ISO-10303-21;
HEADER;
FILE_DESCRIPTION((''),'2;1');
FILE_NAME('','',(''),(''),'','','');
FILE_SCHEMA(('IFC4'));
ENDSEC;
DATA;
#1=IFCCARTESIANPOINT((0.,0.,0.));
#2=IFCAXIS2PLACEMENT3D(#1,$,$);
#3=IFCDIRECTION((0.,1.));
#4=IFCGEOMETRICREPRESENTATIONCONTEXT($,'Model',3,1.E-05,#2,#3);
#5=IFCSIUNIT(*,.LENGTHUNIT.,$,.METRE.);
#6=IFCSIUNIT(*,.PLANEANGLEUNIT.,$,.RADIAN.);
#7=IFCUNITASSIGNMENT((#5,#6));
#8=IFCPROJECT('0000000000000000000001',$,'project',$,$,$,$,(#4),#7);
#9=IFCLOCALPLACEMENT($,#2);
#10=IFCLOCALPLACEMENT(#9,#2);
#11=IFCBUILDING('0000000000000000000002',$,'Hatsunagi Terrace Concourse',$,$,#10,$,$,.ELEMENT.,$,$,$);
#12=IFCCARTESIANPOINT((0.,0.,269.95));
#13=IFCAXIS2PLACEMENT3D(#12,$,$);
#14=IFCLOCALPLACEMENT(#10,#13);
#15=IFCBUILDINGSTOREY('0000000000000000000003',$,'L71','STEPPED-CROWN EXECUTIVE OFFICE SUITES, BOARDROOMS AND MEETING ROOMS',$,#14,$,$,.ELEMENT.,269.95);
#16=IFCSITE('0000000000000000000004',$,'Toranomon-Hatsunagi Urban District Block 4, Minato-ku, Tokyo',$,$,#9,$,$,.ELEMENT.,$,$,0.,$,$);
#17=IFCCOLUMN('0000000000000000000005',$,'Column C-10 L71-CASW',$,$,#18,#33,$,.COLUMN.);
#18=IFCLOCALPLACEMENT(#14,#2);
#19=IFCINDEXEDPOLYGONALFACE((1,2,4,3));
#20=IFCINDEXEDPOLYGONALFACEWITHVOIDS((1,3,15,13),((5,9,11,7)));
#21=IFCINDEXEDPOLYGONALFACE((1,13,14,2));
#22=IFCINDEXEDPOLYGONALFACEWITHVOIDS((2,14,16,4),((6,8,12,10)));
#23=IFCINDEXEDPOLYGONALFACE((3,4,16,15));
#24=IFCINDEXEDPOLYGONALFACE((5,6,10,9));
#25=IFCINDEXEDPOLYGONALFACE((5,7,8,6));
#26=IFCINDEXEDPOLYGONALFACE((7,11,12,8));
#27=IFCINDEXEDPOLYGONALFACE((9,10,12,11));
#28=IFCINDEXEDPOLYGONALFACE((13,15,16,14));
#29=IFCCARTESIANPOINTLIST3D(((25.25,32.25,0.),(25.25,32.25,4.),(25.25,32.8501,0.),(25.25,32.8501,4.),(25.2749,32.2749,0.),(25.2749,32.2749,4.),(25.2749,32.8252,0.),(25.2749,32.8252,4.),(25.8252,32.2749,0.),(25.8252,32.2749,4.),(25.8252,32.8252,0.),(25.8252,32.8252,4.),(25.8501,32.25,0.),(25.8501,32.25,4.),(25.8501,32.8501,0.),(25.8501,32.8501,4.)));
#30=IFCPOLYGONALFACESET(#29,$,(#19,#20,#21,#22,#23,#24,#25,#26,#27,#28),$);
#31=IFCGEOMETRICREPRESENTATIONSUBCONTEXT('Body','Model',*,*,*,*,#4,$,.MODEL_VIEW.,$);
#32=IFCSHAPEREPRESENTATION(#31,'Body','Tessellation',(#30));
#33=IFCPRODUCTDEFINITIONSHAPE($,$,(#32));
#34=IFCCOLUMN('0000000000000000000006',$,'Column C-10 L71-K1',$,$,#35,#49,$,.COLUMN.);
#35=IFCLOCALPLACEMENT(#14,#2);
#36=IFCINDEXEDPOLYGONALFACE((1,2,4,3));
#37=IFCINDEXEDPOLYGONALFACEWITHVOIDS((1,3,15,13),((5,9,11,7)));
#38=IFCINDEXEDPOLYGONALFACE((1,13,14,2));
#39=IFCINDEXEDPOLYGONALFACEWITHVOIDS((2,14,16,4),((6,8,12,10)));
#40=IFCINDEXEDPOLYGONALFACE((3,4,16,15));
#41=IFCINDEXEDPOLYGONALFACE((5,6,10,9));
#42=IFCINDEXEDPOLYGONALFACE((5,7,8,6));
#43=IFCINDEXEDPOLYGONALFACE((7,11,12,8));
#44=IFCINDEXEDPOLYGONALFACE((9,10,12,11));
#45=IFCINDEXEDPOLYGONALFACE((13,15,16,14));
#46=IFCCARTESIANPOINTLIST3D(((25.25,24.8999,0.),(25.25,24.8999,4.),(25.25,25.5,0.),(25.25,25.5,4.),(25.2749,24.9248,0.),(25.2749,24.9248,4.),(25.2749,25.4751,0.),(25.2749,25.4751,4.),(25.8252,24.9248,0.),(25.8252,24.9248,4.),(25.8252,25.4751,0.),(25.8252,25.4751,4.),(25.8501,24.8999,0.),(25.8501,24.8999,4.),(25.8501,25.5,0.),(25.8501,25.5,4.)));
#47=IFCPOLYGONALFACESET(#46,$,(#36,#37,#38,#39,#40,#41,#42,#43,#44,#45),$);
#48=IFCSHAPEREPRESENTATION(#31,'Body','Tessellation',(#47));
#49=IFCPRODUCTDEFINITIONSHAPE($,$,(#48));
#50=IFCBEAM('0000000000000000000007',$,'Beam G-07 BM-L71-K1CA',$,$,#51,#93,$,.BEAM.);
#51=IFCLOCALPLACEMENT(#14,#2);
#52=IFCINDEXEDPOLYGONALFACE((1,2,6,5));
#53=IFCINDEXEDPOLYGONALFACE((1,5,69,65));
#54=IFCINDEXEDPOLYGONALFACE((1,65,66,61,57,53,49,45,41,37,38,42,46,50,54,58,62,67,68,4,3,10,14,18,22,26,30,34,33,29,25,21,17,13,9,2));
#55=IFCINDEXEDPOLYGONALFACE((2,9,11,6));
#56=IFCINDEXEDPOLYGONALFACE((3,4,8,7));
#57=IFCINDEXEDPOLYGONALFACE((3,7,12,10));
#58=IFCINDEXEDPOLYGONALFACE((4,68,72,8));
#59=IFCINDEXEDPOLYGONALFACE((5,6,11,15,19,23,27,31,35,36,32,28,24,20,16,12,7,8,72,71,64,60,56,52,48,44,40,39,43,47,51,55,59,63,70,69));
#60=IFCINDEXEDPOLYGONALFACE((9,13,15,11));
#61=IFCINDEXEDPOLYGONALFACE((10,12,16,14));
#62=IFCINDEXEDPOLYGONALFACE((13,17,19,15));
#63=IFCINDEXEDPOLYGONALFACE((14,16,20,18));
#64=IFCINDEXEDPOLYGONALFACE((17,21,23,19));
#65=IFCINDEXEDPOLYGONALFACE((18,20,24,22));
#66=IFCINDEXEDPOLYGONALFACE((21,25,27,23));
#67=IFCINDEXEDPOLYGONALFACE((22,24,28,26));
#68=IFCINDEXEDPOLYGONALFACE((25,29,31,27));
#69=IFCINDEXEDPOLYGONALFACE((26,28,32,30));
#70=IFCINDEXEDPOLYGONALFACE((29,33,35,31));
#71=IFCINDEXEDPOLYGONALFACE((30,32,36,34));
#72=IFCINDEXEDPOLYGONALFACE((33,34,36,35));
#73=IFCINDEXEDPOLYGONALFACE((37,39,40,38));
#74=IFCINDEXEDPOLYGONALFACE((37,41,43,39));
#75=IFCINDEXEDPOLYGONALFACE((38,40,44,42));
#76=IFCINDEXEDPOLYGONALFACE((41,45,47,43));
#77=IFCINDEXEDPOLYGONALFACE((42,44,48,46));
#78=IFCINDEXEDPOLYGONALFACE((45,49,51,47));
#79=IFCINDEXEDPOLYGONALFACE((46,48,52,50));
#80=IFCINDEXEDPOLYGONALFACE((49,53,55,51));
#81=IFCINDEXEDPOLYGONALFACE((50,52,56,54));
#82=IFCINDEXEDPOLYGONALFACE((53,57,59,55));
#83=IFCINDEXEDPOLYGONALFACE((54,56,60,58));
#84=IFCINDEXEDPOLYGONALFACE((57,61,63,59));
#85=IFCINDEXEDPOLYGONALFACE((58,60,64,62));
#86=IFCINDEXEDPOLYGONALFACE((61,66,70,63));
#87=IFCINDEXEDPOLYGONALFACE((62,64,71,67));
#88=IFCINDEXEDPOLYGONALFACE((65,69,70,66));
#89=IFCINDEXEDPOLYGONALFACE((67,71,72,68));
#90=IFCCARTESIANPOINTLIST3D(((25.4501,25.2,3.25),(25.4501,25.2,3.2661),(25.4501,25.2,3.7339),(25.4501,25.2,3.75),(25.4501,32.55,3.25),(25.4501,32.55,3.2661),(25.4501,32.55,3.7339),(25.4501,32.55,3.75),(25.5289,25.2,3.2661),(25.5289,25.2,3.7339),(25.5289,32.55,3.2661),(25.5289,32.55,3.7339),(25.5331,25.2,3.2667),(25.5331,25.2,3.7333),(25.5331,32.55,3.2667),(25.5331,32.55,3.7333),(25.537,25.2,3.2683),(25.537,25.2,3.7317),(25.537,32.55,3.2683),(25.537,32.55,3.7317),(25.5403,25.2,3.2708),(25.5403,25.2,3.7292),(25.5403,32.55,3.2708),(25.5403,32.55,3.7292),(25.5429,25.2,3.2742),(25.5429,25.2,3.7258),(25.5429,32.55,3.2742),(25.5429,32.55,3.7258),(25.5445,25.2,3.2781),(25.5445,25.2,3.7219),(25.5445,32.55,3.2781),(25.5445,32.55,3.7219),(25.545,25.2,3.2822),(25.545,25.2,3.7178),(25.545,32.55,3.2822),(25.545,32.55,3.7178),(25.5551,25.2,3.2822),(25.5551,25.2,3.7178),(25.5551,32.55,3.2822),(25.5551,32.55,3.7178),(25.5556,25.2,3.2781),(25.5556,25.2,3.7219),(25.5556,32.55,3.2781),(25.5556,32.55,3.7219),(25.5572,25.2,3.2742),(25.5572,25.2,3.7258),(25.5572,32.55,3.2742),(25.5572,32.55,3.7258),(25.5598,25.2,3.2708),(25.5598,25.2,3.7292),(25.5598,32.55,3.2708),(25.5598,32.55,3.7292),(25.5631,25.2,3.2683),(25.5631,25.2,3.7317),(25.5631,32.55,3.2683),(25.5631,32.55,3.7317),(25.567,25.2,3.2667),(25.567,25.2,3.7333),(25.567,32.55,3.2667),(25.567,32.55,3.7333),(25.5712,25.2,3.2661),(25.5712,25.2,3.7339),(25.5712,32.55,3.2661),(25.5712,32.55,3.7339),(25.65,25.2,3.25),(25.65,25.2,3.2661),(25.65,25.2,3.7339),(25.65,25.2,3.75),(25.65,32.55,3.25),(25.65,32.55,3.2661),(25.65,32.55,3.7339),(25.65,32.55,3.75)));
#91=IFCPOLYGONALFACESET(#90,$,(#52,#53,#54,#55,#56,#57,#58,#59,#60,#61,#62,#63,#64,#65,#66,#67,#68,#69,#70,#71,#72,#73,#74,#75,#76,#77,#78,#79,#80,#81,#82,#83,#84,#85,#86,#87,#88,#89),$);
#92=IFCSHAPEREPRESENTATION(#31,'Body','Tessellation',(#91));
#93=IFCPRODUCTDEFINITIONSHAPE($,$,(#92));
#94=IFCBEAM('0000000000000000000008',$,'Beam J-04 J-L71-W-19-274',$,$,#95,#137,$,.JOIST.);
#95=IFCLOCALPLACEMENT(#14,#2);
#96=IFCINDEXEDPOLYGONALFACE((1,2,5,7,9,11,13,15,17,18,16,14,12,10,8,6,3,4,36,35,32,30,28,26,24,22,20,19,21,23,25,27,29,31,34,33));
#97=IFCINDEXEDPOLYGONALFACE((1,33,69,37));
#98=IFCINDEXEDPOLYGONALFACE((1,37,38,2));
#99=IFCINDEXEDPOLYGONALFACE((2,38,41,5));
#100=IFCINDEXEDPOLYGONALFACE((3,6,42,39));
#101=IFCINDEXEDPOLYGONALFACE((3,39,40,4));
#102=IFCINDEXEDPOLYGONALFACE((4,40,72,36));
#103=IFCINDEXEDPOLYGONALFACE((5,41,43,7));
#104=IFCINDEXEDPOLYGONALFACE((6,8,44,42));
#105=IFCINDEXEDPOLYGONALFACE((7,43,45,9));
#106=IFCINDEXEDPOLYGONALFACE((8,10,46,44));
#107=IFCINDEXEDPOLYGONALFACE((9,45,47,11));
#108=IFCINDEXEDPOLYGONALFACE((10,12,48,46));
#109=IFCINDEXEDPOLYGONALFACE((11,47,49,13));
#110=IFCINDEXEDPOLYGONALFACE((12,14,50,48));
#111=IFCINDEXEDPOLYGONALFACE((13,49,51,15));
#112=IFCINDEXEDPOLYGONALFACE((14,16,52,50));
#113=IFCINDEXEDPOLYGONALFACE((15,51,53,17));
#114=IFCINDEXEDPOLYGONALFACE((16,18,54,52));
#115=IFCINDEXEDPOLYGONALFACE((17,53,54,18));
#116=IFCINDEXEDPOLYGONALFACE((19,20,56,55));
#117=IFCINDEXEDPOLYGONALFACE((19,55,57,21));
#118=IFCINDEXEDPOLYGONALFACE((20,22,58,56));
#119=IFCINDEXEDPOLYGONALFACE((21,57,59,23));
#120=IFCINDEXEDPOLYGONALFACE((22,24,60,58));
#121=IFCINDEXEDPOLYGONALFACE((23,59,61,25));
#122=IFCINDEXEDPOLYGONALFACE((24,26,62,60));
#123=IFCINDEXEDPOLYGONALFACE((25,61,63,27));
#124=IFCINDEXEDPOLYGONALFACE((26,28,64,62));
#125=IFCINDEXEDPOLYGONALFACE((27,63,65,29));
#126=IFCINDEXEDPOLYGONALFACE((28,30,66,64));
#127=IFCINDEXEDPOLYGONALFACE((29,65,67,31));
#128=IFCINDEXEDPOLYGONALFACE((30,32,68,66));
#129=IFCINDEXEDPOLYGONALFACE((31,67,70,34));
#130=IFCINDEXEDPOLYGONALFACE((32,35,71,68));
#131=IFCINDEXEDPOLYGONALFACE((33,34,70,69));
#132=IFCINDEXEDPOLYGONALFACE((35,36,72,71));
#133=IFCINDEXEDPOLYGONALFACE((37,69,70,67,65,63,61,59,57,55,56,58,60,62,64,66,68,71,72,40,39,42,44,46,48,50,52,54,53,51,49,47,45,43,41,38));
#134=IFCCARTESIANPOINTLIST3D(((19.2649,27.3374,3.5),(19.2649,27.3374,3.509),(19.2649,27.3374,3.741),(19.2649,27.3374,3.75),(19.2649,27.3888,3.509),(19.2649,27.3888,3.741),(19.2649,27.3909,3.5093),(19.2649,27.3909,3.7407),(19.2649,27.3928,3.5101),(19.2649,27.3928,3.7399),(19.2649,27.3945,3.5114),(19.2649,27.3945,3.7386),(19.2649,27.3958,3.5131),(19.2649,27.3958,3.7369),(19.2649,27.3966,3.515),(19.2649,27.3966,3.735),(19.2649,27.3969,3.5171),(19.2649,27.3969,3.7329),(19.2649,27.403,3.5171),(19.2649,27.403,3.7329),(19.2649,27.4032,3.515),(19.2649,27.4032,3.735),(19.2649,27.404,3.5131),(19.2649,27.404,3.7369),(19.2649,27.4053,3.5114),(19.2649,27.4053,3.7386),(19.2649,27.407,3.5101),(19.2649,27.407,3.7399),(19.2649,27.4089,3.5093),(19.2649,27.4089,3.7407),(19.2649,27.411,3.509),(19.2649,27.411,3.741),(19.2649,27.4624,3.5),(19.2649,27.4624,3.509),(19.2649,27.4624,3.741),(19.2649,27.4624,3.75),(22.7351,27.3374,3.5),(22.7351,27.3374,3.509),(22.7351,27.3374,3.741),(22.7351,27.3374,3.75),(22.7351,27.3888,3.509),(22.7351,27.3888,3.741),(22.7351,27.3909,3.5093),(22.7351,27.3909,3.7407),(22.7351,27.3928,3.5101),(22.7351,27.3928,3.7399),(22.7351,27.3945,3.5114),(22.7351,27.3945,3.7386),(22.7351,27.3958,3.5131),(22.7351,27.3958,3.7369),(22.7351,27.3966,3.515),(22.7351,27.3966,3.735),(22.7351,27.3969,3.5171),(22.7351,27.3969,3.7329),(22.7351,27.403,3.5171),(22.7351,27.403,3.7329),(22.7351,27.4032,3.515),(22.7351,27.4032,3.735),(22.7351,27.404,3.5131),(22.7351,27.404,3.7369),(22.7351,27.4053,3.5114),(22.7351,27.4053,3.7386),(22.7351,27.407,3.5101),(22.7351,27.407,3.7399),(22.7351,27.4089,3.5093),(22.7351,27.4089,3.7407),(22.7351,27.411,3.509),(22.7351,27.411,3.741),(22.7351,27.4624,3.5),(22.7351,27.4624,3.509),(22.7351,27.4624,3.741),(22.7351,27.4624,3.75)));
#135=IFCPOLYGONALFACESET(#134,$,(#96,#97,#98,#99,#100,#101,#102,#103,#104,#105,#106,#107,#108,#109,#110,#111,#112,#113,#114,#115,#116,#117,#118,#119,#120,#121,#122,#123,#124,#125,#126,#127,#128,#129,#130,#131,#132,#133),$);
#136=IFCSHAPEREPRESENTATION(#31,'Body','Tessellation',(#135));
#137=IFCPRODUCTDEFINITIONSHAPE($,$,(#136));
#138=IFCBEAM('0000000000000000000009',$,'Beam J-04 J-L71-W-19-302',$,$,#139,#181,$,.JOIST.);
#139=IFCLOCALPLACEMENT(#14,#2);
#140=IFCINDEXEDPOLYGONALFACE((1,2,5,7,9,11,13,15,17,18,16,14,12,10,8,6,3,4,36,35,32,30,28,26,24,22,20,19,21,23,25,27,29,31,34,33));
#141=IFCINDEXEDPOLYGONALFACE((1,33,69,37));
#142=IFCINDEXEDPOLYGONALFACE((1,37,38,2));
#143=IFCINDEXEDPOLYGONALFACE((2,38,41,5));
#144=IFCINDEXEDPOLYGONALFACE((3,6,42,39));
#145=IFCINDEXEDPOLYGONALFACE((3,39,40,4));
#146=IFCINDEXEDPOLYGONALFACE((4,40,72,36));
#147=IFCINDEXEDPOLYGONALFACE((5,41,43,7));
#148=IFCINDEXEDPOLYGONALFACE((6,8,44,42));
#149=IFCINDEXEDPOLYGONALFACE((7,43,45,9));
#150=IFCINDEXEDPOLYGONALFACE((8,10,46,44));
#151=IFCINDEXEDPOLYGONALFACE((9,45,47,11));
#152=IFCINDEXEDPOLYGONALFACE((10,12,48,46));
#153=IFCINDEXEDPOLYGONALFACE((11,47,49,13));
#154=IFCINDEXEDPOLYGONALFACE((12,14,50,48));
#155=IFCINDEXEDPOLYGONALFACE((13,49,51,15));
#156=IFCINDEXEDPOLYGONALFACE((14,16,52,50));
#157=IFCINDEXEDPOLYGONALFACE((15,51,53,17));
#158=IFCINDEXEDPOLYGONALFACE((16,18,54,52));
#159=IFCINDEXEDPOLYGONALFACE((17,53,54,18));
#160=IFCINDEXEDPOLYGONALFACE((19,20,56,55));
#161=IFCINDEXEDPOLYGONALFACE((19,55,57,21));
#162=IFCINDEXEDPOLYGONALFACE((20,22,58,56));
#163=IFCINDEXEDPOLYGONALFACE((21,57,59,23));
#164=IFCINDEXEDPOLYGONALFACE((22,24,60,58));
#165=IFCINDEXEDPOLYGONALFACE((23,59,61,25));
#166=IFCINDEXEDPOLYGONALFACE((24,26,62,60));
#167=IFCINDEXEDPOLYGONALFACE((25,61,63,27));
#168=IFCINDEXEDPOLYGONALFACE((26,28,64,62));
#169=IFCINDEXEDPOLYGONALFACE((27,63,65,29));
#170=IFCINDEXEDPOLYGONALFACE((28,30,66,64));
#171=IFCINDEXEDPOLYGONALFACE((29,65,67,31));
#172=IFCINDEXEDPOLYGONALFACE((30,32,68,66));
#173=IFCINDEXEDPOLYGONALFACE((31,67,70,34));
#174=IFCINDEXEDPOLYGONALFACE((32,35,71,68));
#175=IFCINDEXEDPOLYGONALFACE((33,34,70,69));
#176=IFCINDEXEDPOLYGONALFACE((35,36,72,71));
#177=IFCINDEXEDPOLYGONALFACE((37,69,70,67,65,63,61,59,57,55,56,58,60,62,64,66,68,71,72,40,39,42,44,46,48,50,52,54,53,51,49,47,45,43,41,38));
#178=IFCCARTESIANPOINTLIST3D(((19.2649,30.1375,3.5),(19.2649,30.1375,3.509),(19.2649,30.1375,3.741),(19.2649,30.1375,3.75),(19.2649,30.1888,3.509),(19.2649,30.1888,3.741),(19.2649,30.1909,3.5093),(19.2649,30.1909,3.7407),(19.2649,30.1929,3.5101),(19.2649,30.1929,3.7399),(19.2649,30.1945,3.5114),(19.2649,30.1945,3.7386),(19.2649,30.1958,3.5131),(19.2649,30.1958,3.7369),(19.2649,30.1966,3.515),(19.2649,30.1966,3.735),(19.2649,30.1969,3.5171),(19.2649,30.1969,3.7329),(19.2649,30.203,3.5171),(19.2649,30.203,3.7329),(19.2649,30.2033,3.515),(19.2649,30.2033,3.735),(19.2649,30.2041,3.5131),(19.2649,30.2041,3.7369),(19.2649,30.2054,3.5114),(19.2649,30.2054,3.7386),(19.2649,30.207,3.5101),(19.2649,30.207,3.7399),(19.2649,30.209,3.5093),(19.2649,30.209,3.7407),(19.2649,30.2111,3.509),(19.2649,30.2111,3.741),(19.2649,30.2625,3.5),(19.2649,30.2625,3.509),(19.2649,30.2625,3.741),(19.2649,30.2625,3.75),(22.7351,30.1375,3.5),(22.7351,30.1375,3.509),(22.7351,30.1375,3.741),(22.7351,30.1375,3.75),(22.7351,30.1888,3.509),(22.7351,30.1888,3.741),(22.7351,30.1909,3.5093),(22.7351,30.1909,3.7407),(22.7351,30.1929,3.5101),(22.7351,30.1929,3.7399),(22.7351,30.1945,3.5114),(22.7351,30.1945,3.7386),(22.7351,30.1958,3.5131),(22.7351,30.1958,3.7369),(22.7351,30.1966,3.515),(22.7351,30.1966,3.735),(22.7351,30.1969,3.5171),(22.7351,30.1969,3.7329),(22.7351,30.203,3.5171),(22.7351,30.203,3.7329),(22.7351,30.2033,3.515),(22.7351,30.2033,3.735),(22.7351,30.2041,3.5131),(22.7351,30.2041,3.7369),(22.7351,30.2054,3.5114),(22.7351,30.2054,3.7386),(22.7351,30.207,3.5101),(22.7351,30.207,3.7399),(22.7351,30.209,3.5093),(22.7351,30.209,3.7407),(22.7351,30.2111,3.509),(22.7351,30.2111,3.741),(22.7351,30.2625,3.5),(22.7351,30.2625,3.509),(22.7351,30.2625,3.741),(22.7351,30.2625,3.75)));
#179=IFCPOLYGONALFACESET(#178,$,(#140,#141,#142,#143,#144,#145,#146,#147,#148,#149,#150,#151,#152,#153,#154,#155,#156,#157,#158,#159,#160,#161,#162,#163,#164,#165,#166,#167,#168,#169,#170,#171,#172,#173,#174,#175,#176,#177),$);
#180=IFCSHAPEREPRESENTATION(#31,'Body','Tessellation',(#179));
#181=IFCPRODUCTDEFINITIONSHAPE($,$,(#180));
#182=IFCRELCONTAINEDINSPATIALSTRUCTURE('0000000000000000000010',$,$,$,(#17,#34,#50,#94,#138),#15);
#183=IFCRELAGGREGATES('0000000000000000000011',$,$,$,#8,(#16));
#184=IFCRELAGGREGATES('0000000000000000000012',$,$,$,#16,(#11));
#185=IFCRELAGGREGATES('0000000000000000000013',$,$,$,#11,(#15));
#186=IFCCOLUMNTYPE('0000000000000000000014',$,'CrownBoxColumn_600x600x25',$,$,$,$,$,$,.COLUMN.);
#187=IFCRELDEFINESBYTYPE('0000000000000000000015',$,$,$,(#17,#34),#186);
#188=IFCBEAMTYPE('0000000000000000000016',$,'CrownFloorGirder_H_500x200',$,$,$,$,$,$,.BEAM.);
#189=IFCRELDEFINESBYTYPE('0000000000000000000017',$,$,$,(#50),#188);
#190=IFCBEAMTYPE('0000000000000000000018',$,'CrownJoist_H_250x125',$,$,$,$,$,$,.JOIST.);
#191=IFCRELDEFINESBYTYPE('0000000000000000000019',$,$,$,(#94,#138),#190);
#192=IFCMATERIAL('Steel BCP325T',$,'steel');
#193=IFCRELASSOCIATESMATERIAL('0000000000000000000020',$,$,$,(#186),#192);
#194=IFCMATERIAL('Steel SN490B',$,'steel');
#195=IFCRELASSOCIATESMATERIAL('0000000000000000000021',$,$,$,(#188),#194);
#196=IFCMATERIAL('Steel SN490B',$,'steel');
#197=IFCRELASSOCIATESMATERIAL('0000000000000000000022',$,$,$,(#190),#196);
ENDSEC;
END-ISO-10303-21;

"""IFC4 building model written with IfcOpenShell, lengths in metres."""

from ifc_helpers import new_model, si_unit, direction, frame, origin, origin_2d, place, context, subcontext, project, spatial, hollow_rectangle, i_section, extrude, material, material_profile, profile_set, type_object, element, save


model = new_model("IFC4")

# Units and contexts
model_context = context("Model", 3, precision=1e-05, world=origin(), true_north=direction((0.0, 1.0)))
body_context = subcontext(model_context, "Body", "Model", "MODEL_VIEW")
ifc_project = project(units=[si_unit("LENGTHUNIT", "METRE"), si_unit("PLANEANGLEUNIT", "RADIAN")], contexts=[model_context])

# Site, building, storey
site_placement = place(None, origin())
site = spatial("IfcSite", under=ifc_project, at=site_placement, Name="Toranomon-Hatsunagi Urban District Block 4, Minato-ku, Tokyo", CompositionType="ELEMENT", RefElevation=0.0)
building_placement = place(site_placement, origin())
building = spatial("IfcBuilding", under=site, at=building_placement, Name="Hatsunagi Terrace Concourse", CompositionType="ELEMENT")
storey_placement = place(building_placement, frame((0.0, 0.0, 269.95)))
storey = spatial("IfcBuildingStorey", under=building, at=storey_placement, Name="L71", Description="STEPPED-CROWN EXECUTIVE OFFICE SUITES, BOARDROOMS AND MEETING ROOMS", CompositionType="ELEMENT", Elevation=269.95)

# Columns
ifc_material_1 = material(Name="Steel BCP325T", Category="steel")
ifc_material_profile_1 = material_profile(ifc_material_1, hollow_rectangle(XDim=0.6001, YDim=0.6001, WallThickness=0.0249, at=origin_2d()), Name="BCP-600x600x25")
ifc_profile_set_1 = profile_set([ifc_material_profile_1], Name="Steel BCP325T")
column_type = type_object("IfcColumnType", Name="CrownBoxColumn_600x600x25", PredefinedType="COLUMN", material=ifc_profile_set_1)
for number, where, z_axis, x_axis, name in (
    (1, (25.55, 32.55, 0.0), (0.0, 0.0, 1.0), (1.0, 0.0, 0.0), "Column C-10 L71-CASW"),
    (2, (25.55, 25.2, 0.0), (0.0, 0.0, 1.0), (1.0, 0.0, 0.0), "Column C-10 L71-K1"),
):
    element("IfcColumn", number, at=place(storey_placement, frame(where, z_axis=z_axis, x_axis=x_axis)), inside=storey, type_object=column_type, Name=name, PredefinedType="COLUMN", context=body_context, shape_type="SweptSolid", body=[
        extrude(hollow_rectangle(XDim=0.6001, YDim=0.6001, WallThickness=0.0249, at=origin_2d()), origin(), (0.0, 0.0, 1.0), 4.0),
    ])

# Beams
ifc_material_2 = material(Name="Steel SN490B", Category="steel")
ifc_material_profile_2 = material_profile(ifc_material_2, i_section(OverallWidth=0.2, OverallDepth=0.5, WebThickness=0.01, FlangeThickness=0.0161, FilletRadius=0.0161, at=origin_2d()), Name="H-500x200x10x16")
ifc_profile_set_2 = profile_set([ifc_material_profile_2], Name="Steel SN490B")
beam_type_1 = type_object("IfcBeamType", Name="CrownFloorGirder_H_500x200", PredefinedType="BEAM", material=ifc_profile_set_2)
beam_1_placement = place(storey_placement, frame((25.55, 25.2, 3.5), z_axis=(0.0, 1.0, 0.0), x_axis=(-1.0, 0.0, 0.0)))
element("IfcBeam", 3, at=beam_1_placement, inside=storey, type_object=beam_type_1, Name="Beam G-07 BM-L71-K1CA", PredefinedType="BEAM", context=body_context, shape_type="SweptSolid", body=[
    extrude(i_section(OverallWidth=0.2, OverallDepth=0.5, WebThickness=0.01, FlangeThickness=0.0161, FilletRadius=0.0161, at=origin_2d()), origin(), (0.0, 0.0, 1.0), 7.3501),
])
ifc_material_3 = material(Name="Steel SN490B", Category="steel")
ifc_material_profile_3 = material_profile(ifc_material_3, i_section(OverallWidth=0.125, OverallDepth=0.25, WebThickness=0.0061, FlangeThickness=0.009, FilletRadius=0.0081, at=origin_2d()), Name="H-250x125x6x9")
ifc_profile_set_3 = profile_set([ifc_material_profile_3], Name="Steel SN490B")
beam_type_2 = type_object("IfcBeamType", Name="CrownJoist_H_250x125", PredefinedType="JOIST", material=ifc_profile_set_3)
for number, where, z_axis, x_axis, name in (
    (4, (19.2649, 27.3999, 3.625), (1.0, 0.0, 0.0), (0.0, 1.0, 0.0), "Beam J-04 J-L71-W-19-274"),
    (5, (19.2649, 30.2, 3.625), (1.0, 0.0, 0.0), (0.0, 1.0, 0.0), "Beam J-04 J-L71-W-19-302"),
):
    element("IfcBeam", number, at=place(storey_placement, frame(where, z_axis=z_axis, x_axis=x_axis)), inside=storey, type_object=beam_type_2, Name=name, PredefinedType="JOIST", context=body_context, shape_type="SweptSolid", body=[
        extrude(i_section(OverallWidth=0.125, OverallDepth=0.25, WebThickness=0.0061, FlangeThickness=0.009, FilletRadius=0.0081, at=origin_2d()), origin(), (0.0, 0.0, 1.0), 3.4702),
    ])

save(model, "model.ifc")
